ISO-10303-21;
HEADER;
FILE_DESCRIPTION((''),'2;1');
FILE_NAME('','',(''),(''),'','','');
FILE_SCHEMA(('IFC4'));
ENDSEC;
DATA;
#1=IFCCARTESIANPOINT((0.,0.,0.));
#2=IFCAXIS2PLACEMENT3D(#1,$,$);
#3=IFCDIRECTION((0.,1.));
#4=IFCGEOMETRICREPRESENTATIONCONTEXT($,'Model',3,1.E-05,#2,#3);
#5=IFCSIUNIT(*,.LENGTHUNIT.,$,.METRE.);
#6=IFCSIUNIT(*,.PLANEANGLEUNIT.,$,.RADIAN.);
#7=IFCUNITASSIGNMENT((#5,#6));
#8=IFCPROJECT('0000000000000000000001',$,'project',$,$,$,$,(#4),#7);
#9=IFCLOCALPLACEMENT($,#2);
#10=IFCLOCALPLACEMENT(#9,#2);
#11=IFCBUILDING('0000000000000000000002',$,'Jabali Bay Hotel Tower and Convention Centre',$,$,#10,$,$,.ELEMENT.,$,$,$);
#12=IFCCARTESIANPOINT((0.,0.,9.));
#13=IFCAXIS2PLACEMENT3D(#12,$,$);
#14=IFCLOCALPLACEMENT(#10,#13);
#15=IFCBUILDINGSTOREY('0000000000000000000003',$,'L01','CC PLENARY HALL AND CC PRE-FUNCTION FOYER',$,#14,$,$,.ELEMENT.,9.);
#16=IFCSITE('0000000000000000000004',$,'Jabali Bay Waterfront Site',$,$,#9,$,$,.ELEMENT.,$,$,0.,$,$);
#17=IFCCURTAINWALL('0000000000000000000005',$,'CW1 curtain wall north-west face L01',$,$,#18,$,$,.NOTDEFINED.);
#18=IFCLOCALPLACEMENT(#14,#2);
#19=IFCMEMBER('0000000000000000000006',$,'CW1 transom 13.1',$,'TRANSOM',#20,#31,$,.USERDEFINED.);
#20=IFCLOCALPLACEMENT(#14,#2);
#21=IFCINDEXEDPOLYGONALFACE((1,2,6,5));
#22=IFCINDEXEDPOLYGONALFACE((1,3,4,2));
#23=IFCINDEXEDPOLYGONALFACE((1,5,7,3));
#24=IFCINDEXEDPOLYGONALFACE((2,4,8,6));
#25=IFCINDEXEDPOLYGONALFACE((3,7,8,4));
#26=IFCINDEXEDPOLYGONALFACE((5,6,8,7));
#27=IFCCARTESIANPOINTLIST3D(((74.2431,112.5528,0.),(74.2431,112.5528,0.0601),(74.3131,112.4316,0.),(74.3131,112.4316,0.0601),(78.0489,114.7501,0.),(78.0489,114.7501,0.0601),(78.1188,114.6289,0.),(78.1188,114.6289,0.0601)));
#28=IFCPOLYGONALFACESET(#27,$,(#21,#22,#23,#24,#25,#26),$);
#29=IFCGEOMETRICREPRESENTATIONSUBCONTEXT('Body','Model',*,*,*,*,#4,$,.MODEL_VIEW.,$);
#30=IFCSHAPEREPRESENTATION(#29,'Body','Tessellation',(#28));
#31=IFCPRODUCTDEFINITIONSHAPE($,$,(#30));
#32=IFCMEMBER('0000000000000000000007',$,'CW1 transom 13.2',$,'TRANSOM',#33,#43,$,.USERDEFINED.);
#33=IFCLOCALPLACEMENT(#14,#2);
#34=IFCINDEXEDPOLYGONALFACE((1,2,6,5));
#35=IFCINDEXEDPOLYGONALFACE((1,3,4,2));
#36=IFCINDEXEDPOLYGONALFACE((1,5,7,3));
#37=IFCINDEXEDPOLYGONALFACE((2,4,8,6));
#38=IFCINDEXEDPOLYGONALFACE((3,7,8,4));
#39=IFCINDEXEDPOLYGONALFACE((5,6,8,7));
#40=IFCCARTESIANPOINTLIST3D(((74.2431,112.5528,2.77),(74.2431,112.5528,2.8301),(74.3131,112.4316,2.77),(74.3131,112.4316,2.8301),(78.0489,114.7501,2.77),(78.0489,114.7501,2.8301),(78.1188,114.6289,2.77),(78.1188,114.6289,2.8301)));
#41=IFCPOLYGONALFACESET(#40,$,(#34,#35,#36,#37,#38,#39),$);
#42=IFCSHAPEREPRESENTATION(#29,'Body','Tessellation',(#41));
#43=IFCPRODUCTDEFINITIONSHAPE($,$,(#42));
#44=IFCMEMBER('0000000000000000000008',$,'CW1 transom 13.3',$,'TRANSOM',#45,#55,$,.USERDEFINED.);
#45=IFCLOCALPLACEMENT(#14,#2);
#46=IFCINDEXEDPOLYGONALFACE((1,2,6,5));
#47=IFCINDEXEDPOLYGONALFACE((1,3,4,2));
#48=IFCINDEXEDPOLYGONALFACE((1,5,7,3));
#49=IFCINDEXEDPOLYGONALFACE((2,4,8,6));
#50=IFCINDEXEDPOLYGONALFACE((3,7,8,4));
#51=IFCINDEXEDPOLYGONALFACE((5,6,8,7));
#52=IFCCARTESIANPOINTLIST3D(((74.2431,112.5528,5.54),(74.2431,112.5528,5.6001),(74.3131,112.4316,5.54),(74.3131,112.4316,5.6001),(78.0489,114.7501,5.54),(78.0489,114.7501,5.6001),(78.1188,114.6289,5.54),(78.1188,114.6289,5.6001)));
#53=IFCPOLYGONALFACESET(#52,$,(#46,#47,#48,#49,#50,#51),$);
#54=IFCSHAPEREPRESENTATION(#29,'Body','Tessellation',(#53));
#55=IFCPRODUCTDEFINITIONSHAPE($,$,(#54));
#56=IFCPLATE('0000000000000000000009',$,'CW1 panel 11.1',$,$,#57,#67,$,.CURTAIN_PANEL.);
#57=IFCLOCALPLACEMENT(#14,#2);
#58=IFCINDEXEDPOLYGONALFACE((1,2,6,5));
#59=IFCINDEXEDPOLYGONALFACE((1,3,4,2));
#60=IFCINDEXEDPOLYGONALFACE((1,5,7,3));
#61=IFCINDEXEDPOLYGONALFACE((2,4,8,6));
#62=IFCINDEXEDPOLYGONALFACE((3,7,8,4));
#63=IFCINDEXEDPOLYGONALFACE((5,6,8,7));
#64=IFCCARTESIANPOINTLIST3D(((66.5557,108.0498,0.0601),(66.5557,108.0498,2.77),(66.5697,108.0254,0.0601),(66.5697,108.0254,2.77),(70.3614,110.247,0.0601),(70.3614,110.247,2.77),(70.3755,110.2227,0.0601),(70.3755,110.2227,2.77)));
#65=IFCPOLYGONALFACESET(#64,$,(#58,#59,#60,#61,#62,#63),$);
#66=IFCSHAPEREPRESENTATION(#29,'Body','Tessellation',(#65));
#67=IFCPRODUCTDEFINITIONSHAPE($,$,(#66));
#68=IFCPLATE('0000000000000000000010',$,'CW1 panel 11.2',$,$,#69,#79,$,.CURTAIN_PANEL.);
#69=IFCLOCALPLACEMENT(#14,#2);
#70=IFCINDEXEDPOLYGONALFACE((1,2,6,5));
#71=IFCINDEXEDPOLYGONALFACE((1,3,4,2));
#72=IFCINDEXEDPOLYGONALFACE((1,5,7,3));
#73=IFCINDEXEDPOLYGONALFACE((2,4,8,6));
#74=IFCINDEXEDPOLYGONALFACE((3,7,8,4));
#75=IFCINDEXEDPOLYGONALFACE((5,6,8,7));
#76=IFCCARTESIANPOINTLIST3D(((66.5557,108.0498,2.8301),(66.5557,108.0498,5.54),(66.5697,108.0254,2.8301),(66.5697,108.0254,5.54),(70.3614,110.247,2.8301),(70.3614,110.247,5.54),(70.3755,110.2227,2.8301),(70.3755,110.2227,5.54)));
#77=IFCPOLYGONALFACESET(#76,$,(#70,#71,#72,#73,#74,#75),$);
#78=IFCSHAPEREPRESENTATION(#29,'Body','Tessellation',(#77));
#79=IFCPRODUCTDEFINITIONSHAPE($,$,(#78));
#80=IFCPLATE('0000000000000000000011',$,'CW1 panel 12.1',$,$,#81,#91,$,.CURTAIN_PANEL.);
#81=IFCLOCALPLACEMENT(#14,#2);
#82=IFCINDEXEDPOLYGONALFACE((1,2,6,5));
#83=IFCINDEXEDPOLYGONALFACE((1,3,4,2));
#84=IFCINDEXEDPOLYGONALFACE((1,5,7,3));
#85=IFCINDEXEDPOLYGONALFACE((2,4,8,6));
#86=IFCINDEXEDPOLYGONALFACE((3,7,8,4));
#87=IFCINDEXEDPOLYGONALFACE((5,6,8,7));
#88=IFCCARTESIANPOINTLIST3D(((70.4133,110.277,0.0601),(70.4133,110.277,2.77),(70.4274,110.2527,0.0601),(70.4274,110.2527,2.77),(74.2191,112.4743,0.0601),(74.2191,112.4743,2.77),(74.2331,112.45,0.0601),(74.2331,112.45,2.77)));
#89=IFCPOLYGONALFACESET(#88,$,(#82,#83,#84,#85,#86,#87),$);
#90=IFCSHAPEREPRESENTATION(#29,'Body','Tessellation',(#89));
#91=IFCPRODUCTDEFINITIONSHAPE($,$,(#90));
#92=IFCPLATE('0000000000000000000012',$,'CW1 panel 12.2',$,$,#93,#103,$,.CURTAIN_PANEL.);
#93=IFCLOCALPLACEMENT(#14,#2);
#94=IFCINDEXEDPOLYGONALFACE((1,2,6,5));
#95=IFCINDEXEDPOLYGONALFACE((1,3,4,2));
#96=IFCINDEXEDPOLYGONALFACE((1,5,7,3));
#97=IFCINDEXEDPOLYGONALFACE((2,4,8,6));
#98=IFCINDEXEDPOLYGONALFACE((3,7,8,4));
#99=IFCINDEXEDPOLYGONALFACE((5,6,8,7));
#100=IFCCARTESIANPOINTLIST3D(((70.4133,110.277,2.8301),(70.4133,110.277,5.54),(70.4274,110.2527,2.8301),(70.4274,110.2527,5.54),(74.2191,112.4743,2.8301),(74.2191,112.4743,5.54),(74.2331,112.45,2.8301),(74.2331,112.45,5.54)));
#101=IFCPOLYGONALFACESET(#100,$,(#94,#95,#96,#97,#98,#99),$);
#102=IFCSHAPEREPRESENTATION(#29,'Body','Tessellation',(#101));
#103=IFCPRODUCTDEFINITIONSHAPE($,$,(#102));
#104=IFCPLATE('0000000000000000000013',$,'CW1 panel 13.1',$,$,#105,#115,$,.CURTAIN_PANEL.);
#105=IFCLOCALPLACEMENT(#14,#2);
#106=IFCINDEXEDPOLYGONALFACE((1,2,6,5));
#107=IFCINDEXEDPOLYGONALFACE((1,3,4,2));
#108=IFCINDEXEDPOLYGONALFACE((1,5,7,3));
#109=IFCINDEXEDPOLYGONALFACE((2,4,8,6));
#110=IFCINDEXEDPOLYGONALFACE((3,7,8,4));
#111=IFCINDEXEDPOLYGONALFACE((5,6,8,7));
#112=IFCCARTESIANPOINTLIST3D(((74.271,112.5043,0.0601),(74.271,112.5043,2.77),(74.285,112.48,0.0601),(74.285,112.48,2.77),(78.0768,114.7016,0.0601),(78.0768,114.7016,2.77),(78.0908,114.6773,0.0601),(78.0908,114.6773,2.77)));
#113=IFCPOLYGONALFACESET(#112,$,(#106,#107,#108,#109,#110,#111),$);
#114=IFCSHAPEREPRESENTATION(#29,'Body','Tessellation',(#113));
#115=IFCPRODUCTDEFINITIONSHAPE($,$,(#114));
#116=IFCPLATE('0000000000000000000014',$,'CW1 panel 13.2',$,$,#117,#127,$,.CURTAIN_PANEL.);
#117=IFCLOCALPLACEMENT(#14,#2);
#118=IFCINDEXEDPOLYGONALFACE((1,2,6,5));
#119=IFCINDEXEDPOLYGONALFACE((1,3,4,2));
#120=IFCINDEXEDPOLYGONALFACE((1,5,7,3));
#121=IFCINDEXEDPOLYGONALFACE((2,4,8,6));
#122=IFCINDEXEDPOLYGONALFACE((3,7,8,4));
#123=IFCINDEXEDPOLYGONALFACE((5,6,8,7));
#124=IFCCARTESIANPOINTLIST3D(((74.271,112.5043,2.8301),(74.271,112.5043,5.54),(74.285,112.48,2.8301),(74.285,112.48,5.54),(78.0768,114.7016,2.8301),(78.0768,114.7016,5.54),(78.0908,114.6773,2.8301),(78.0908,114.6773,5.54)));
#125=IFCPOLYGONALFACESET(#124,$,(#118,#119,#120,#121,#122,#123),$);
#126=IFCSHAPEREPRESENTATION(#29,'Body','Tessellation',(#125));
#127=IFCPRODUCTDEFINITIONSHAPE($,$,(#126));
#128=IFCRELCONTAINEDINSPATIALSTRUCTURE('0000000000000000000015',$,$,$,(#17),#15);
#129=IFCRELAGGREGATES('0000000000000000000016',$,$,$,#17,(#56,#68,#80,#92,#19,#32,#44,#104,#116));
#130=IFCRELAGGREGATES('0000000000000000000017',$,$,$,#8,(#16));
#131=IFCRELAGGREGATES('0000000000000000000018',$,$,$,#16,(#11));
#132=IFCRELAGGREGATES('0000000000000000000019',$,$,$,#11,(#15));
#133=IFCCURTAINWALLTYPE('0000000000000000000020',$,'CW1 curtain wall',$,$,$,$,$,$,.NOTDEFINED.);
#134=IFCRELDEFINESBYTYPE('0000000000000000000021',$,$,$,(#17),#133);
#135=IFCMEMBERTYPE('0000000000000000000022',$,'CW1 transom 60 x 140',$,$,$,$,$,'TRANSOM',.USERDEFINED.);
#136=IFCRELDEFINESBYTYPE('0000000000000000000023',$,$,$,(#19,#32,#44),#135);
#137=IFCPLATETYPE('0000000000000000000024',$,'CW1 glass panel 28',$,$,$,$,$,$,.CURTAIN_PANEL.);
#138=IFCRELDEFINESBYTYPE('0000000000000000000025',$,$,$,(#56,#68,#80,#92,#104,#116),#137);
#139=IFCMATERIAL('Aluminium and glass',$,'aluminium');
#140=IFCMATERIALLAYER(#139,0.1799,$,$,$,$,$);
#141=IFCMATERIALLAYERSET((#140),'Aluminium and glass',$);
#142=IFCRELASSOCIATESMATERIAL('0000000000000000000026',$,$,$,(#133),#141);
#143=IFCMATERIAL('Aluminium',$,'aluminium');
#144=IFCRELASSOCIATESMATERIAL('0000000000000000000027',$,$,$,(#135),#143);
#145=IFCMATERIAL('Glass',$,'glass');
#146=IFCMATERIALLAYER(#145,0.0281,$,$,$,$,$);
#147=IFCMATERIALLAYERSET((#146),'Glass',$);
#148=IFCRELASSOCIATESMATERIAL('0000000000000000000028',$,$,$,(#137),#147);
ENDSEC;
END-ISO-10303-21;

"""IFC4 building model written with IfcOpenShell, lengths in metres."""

from ifc_helpers import new_model, si_unit, direction, frame, origin, origin_2d, place, context, subcontext, project, spatial, rectangle, extrude, material, layer, layer_set, material_profile, profile_set, type_object, element, aggregate, save


model = new_model("IFC4")

# Units and contexts
model_context = context("Model", 3, precision=1e-05, world=origin(), true_north=direction((0.0, 1.0)))
body_context = subcontext(model_context, "Body", "Model", "MODEL_VIEW")
ifc_project = project(units=[si_unit("LENGTHUNIT", "METRE"), si_unit("PLANEANGLEUNIT", "RADIAN")], contexts=[model_context])

# Site, building, storey
site_placement = place(None, origin())
site = spatial("IfcSite", under=ifc_project, at=site_placement, Name="Jabali Bay Waterfront Site", CompositionType="ELEMENT", RefElevation=0.0)
building_placement = place(site_placement, origin())
building = spatial("IfcBuilding", under=site, at=building_placement, Name="Jabali Bay Hotel Tower and Convention Centre", CompositionType="ELEMENT")
storey_placement = place(building_placement, frame((0.0, 0.0, 9.0)))
storey = spatial("IfcBuildingStorey", under=building, at=storey_placement, Name="L01", Description="CC PLENARY HALL AND CC PRE-FUNCTION FOYER", CompositionType="ELEMENT", Elevation=9.0)

# Curtain wall, members, plates
ifc_material_1 = material(Name="Aluminium and glass", Category="aluminium")
ifc_layer_1 = layer(ifc_material_1, 0.1799)
ifc_layer_set_1 = layer_set([ifc_layer_1], Name="Aluminium and glass")
curtain_wall_type = type_object("IfcCurtainWallType", Name="CW1 curtain wall", PredefinedType="NOTDEFINED", material=ifc_layer_set_1)
curtain_wall_placement = place(storey_placement, origin())
curtain_wall = element("IfcCurtainWall", 1, at=curtain_wall_placement, inside=storey, type_object=curtain_wall_type, Name="CW1 curtain wall north-west face L01", PredefinedType="NOTDEFINED")
ifc_material_2 = material(Name="Aluminium", Category="aluminium")
ifc_material_profile_1 = material_profile(ifc_material_2, rectangle(XDim=0.1399, YDim=0.0601, at=origin_2d()), Name="CW1 transom 60 x 140")
ifc_profile_set_1 = profile_set([ifc_material_profile_1], Name="Aluminium")
member_type_1 = type_object("IfcMemberType", Name="CW1 transom 60 x 140", ElementType="TRANSOM", PredefinedType="USERDEFINED", material=ifc_profile_set_1)
member_1_placement = place(storey_placement, frame((74.2781, 112.4922, 0.03), z_axis=(0.866019, 0.500011, 0.0), x_axis=(-0.500011, 0.866019, 0.0)))
member_1 = element("IfcMember", 2, at=member_1_placement, type_object=member_type_1, Name="CW1 transom 13.1", ObjectType="TRANSOM", PredefinedType="USERDEFINED", context=body_context, shape_type="SweptSolid", body=[
    extrude(rectangle(XDim=0.1399, YDim=0.0601, at=origin_2d()), origin(), (0.0, 0.0, 1.0), 4.3945),
])
member_2_placement = place(storey_placement, frame((74.2781, 112.4922, 2.8), z_axis=(0.866019, 0.500011, 0.0), x_axis=(-0.500011, 0.866019, 0.0)))
member_2 = element("IfcMember", 3, at=member_2_placement, type_object=member_type_1, Name="CW1 transom 13.2", ObjectType="TRANSOM", PredefinedType="USERDEFINED", context=body_context, shape_type="SweptSolid", body=[
    extrude(rectangle(XDim=0.1399, YDim=0.0601, at=origin_2d()), origin(), (0.0, 0.0, 1.0), 4.3945),
])
member_3_placement = place(storey_placement, frame((74.2781, 112.4922, 5.5701), z_axis=(0.866019, 0.500011, 0.0), x_axis=(-0.500011, 0.866019, 0.0)))
member_3 = element("IfcMember", 4, at=member_3_placement, type_object=member_type_1, Name="CW1 transom 13.3", ObjectType="TRANSOM", PredefinedType="USERDEFINED", context=body_context, shape_type="SweptSolid", body=[
    extrude(rectangle(XDim=0.1399, YDim=0.0601, at=origin_2d()), origin(), (0.0, 0.0, 1.0), 4.3945),
])
ifc_material_3 = material(Name="Glass", Category="glass")
ifc_layer_2 = layer(ifc_material_3, 0.0281)
ifc_layer_set_2 = layer_set([ifc_layer_2], Name="Glass")
plate_type = type_object("IfcPlateType", Name="CW1 glass panel 28", PredefinedType="CURTAIN_PANEL", material=ifc_layer_set_2)
plate_1_placement = place(storey_placement, frame((68.4656, 109.1362, 0.0601), z_axis=(0.0, 0.0, 1.0), x_axis=(0.866025, 0.5, 0.0)))
plate_1 = element("IfcPlate", 5, at=plate_1_placement, type_object=plate_type, Name="CW1 panel 11.1", PredefinedType="CURTAIN_PANEL", context=body_context, shape_type="SweptSolid", body=[
    extrude(rectangle(XDim=4.3945, YDim=0.0281, at=origin_2d()), origin(), (0.0, 0.0, 1.0), 2.71),
])
plate_2_placement = place(storey_placement, frame((68.4656, 109.1362, 2.8301), z_axis=(0.0, 0.0, 1.0), x_axis=(0.866025, 0.5, 0.0)))
plate_2 = element("IfcPlate", 6, at=plate_2_placement, type_object=plate_type, Name="CW1 panel 11.2", PredefinedType="CURTAIN_PANEL", context=body_context, shape_type="SweptSolid", body=[
    extrude(rectangle(XDim=4.3945, YDim=0.0281, at=origin_2d()), origin(), (0.0, 0.0, 1.0), 2.71),
])
plate_3_placement = place(storey_placement, frame((72.3232, 111.3635, 0.0601), z_axis=(0.0, 0.0, 1.0), x_axis=(0.866025, 0.5, 0.0)))
plate_3 = element("IfcPlate", 7, at=plate_3_placement, type_object=plate_type, Name="CW1 panel 12.1", PredefinedType="CURTAIN_PANEL", context=body_context, shape_type="SweptSolid", body=[
    extrude(rectangle(XDim=4.3945, YDim=0.0281, at=origin_2d()), origin(), (0.0, 0.0, 1.0), 2.71),
])
plate_4_placement = place(storey_placement, frame((72.3232, 111.3635, 2.8301), z_axis=(0.0, 0.0, 1.0), x_axis=(0.866025, 0.5, 0.0)))
plate_4 = element("IfcPlate", 8, at=plate_4_placement, type_object=plate_type, Name="CW1 panel 12.2", PredefinedType="CURTAIN_PANEL", context=body_context, shape_type="SweptSolid", body=[
    extrude(rectangle(XDim=4.3945, YDim=0.0281, at=origin_2d()), origin(), (0.0, 0.0, 1.0), 2.71),
])
plate_5_placement = place(storey_placement, frame((76.1809, 113.5908, 0.0601), z_axis=(0.0, 0.0, 1.0), x_axis=(0.866025, 0.5, 0.0)))
plate_5 = element("IfcPlate", 9, at=plate_5_placement, type_object=plate_type, Name="CW1 panel 13.1", PredefinedType="CURTAIN_PANEL", context=body_context, shape_type="SweptSolid", body=[
    extrude(rectangle(XDim=4.3945, YDim=0.0281, at=origin_2d()), origin(), (0.0, 0.0, 1.0), 2.71),
])
plate_6_placement = place(storey_placement, frame((76.1809, 113.5908, 2.8301), z_axis=(0.0, 0.0, 1.0), x_axis=(0.866025, 0.5, 0.0)))
plate_6 = element("IfcPlate", 10, at=plate_6_placement, type_object=plate_type, Name="CW1 panel 13.2", PredefinedType="CURTAIN_PANEL", context=body_context, shape_type="SweptSolid", body=[
    extrude(rectangle(XDim=4.3945, YDim=0.0281, at=origin_2d()), origin(), (0.0, 0.0, 1.0), 2.71),
])
aggregate(curtain_wall, [plate_1, plate_2, plate_3, plate_4, member_1, member_2, member_3, plate_5, plate_6])

save(model, "model.ifc")
